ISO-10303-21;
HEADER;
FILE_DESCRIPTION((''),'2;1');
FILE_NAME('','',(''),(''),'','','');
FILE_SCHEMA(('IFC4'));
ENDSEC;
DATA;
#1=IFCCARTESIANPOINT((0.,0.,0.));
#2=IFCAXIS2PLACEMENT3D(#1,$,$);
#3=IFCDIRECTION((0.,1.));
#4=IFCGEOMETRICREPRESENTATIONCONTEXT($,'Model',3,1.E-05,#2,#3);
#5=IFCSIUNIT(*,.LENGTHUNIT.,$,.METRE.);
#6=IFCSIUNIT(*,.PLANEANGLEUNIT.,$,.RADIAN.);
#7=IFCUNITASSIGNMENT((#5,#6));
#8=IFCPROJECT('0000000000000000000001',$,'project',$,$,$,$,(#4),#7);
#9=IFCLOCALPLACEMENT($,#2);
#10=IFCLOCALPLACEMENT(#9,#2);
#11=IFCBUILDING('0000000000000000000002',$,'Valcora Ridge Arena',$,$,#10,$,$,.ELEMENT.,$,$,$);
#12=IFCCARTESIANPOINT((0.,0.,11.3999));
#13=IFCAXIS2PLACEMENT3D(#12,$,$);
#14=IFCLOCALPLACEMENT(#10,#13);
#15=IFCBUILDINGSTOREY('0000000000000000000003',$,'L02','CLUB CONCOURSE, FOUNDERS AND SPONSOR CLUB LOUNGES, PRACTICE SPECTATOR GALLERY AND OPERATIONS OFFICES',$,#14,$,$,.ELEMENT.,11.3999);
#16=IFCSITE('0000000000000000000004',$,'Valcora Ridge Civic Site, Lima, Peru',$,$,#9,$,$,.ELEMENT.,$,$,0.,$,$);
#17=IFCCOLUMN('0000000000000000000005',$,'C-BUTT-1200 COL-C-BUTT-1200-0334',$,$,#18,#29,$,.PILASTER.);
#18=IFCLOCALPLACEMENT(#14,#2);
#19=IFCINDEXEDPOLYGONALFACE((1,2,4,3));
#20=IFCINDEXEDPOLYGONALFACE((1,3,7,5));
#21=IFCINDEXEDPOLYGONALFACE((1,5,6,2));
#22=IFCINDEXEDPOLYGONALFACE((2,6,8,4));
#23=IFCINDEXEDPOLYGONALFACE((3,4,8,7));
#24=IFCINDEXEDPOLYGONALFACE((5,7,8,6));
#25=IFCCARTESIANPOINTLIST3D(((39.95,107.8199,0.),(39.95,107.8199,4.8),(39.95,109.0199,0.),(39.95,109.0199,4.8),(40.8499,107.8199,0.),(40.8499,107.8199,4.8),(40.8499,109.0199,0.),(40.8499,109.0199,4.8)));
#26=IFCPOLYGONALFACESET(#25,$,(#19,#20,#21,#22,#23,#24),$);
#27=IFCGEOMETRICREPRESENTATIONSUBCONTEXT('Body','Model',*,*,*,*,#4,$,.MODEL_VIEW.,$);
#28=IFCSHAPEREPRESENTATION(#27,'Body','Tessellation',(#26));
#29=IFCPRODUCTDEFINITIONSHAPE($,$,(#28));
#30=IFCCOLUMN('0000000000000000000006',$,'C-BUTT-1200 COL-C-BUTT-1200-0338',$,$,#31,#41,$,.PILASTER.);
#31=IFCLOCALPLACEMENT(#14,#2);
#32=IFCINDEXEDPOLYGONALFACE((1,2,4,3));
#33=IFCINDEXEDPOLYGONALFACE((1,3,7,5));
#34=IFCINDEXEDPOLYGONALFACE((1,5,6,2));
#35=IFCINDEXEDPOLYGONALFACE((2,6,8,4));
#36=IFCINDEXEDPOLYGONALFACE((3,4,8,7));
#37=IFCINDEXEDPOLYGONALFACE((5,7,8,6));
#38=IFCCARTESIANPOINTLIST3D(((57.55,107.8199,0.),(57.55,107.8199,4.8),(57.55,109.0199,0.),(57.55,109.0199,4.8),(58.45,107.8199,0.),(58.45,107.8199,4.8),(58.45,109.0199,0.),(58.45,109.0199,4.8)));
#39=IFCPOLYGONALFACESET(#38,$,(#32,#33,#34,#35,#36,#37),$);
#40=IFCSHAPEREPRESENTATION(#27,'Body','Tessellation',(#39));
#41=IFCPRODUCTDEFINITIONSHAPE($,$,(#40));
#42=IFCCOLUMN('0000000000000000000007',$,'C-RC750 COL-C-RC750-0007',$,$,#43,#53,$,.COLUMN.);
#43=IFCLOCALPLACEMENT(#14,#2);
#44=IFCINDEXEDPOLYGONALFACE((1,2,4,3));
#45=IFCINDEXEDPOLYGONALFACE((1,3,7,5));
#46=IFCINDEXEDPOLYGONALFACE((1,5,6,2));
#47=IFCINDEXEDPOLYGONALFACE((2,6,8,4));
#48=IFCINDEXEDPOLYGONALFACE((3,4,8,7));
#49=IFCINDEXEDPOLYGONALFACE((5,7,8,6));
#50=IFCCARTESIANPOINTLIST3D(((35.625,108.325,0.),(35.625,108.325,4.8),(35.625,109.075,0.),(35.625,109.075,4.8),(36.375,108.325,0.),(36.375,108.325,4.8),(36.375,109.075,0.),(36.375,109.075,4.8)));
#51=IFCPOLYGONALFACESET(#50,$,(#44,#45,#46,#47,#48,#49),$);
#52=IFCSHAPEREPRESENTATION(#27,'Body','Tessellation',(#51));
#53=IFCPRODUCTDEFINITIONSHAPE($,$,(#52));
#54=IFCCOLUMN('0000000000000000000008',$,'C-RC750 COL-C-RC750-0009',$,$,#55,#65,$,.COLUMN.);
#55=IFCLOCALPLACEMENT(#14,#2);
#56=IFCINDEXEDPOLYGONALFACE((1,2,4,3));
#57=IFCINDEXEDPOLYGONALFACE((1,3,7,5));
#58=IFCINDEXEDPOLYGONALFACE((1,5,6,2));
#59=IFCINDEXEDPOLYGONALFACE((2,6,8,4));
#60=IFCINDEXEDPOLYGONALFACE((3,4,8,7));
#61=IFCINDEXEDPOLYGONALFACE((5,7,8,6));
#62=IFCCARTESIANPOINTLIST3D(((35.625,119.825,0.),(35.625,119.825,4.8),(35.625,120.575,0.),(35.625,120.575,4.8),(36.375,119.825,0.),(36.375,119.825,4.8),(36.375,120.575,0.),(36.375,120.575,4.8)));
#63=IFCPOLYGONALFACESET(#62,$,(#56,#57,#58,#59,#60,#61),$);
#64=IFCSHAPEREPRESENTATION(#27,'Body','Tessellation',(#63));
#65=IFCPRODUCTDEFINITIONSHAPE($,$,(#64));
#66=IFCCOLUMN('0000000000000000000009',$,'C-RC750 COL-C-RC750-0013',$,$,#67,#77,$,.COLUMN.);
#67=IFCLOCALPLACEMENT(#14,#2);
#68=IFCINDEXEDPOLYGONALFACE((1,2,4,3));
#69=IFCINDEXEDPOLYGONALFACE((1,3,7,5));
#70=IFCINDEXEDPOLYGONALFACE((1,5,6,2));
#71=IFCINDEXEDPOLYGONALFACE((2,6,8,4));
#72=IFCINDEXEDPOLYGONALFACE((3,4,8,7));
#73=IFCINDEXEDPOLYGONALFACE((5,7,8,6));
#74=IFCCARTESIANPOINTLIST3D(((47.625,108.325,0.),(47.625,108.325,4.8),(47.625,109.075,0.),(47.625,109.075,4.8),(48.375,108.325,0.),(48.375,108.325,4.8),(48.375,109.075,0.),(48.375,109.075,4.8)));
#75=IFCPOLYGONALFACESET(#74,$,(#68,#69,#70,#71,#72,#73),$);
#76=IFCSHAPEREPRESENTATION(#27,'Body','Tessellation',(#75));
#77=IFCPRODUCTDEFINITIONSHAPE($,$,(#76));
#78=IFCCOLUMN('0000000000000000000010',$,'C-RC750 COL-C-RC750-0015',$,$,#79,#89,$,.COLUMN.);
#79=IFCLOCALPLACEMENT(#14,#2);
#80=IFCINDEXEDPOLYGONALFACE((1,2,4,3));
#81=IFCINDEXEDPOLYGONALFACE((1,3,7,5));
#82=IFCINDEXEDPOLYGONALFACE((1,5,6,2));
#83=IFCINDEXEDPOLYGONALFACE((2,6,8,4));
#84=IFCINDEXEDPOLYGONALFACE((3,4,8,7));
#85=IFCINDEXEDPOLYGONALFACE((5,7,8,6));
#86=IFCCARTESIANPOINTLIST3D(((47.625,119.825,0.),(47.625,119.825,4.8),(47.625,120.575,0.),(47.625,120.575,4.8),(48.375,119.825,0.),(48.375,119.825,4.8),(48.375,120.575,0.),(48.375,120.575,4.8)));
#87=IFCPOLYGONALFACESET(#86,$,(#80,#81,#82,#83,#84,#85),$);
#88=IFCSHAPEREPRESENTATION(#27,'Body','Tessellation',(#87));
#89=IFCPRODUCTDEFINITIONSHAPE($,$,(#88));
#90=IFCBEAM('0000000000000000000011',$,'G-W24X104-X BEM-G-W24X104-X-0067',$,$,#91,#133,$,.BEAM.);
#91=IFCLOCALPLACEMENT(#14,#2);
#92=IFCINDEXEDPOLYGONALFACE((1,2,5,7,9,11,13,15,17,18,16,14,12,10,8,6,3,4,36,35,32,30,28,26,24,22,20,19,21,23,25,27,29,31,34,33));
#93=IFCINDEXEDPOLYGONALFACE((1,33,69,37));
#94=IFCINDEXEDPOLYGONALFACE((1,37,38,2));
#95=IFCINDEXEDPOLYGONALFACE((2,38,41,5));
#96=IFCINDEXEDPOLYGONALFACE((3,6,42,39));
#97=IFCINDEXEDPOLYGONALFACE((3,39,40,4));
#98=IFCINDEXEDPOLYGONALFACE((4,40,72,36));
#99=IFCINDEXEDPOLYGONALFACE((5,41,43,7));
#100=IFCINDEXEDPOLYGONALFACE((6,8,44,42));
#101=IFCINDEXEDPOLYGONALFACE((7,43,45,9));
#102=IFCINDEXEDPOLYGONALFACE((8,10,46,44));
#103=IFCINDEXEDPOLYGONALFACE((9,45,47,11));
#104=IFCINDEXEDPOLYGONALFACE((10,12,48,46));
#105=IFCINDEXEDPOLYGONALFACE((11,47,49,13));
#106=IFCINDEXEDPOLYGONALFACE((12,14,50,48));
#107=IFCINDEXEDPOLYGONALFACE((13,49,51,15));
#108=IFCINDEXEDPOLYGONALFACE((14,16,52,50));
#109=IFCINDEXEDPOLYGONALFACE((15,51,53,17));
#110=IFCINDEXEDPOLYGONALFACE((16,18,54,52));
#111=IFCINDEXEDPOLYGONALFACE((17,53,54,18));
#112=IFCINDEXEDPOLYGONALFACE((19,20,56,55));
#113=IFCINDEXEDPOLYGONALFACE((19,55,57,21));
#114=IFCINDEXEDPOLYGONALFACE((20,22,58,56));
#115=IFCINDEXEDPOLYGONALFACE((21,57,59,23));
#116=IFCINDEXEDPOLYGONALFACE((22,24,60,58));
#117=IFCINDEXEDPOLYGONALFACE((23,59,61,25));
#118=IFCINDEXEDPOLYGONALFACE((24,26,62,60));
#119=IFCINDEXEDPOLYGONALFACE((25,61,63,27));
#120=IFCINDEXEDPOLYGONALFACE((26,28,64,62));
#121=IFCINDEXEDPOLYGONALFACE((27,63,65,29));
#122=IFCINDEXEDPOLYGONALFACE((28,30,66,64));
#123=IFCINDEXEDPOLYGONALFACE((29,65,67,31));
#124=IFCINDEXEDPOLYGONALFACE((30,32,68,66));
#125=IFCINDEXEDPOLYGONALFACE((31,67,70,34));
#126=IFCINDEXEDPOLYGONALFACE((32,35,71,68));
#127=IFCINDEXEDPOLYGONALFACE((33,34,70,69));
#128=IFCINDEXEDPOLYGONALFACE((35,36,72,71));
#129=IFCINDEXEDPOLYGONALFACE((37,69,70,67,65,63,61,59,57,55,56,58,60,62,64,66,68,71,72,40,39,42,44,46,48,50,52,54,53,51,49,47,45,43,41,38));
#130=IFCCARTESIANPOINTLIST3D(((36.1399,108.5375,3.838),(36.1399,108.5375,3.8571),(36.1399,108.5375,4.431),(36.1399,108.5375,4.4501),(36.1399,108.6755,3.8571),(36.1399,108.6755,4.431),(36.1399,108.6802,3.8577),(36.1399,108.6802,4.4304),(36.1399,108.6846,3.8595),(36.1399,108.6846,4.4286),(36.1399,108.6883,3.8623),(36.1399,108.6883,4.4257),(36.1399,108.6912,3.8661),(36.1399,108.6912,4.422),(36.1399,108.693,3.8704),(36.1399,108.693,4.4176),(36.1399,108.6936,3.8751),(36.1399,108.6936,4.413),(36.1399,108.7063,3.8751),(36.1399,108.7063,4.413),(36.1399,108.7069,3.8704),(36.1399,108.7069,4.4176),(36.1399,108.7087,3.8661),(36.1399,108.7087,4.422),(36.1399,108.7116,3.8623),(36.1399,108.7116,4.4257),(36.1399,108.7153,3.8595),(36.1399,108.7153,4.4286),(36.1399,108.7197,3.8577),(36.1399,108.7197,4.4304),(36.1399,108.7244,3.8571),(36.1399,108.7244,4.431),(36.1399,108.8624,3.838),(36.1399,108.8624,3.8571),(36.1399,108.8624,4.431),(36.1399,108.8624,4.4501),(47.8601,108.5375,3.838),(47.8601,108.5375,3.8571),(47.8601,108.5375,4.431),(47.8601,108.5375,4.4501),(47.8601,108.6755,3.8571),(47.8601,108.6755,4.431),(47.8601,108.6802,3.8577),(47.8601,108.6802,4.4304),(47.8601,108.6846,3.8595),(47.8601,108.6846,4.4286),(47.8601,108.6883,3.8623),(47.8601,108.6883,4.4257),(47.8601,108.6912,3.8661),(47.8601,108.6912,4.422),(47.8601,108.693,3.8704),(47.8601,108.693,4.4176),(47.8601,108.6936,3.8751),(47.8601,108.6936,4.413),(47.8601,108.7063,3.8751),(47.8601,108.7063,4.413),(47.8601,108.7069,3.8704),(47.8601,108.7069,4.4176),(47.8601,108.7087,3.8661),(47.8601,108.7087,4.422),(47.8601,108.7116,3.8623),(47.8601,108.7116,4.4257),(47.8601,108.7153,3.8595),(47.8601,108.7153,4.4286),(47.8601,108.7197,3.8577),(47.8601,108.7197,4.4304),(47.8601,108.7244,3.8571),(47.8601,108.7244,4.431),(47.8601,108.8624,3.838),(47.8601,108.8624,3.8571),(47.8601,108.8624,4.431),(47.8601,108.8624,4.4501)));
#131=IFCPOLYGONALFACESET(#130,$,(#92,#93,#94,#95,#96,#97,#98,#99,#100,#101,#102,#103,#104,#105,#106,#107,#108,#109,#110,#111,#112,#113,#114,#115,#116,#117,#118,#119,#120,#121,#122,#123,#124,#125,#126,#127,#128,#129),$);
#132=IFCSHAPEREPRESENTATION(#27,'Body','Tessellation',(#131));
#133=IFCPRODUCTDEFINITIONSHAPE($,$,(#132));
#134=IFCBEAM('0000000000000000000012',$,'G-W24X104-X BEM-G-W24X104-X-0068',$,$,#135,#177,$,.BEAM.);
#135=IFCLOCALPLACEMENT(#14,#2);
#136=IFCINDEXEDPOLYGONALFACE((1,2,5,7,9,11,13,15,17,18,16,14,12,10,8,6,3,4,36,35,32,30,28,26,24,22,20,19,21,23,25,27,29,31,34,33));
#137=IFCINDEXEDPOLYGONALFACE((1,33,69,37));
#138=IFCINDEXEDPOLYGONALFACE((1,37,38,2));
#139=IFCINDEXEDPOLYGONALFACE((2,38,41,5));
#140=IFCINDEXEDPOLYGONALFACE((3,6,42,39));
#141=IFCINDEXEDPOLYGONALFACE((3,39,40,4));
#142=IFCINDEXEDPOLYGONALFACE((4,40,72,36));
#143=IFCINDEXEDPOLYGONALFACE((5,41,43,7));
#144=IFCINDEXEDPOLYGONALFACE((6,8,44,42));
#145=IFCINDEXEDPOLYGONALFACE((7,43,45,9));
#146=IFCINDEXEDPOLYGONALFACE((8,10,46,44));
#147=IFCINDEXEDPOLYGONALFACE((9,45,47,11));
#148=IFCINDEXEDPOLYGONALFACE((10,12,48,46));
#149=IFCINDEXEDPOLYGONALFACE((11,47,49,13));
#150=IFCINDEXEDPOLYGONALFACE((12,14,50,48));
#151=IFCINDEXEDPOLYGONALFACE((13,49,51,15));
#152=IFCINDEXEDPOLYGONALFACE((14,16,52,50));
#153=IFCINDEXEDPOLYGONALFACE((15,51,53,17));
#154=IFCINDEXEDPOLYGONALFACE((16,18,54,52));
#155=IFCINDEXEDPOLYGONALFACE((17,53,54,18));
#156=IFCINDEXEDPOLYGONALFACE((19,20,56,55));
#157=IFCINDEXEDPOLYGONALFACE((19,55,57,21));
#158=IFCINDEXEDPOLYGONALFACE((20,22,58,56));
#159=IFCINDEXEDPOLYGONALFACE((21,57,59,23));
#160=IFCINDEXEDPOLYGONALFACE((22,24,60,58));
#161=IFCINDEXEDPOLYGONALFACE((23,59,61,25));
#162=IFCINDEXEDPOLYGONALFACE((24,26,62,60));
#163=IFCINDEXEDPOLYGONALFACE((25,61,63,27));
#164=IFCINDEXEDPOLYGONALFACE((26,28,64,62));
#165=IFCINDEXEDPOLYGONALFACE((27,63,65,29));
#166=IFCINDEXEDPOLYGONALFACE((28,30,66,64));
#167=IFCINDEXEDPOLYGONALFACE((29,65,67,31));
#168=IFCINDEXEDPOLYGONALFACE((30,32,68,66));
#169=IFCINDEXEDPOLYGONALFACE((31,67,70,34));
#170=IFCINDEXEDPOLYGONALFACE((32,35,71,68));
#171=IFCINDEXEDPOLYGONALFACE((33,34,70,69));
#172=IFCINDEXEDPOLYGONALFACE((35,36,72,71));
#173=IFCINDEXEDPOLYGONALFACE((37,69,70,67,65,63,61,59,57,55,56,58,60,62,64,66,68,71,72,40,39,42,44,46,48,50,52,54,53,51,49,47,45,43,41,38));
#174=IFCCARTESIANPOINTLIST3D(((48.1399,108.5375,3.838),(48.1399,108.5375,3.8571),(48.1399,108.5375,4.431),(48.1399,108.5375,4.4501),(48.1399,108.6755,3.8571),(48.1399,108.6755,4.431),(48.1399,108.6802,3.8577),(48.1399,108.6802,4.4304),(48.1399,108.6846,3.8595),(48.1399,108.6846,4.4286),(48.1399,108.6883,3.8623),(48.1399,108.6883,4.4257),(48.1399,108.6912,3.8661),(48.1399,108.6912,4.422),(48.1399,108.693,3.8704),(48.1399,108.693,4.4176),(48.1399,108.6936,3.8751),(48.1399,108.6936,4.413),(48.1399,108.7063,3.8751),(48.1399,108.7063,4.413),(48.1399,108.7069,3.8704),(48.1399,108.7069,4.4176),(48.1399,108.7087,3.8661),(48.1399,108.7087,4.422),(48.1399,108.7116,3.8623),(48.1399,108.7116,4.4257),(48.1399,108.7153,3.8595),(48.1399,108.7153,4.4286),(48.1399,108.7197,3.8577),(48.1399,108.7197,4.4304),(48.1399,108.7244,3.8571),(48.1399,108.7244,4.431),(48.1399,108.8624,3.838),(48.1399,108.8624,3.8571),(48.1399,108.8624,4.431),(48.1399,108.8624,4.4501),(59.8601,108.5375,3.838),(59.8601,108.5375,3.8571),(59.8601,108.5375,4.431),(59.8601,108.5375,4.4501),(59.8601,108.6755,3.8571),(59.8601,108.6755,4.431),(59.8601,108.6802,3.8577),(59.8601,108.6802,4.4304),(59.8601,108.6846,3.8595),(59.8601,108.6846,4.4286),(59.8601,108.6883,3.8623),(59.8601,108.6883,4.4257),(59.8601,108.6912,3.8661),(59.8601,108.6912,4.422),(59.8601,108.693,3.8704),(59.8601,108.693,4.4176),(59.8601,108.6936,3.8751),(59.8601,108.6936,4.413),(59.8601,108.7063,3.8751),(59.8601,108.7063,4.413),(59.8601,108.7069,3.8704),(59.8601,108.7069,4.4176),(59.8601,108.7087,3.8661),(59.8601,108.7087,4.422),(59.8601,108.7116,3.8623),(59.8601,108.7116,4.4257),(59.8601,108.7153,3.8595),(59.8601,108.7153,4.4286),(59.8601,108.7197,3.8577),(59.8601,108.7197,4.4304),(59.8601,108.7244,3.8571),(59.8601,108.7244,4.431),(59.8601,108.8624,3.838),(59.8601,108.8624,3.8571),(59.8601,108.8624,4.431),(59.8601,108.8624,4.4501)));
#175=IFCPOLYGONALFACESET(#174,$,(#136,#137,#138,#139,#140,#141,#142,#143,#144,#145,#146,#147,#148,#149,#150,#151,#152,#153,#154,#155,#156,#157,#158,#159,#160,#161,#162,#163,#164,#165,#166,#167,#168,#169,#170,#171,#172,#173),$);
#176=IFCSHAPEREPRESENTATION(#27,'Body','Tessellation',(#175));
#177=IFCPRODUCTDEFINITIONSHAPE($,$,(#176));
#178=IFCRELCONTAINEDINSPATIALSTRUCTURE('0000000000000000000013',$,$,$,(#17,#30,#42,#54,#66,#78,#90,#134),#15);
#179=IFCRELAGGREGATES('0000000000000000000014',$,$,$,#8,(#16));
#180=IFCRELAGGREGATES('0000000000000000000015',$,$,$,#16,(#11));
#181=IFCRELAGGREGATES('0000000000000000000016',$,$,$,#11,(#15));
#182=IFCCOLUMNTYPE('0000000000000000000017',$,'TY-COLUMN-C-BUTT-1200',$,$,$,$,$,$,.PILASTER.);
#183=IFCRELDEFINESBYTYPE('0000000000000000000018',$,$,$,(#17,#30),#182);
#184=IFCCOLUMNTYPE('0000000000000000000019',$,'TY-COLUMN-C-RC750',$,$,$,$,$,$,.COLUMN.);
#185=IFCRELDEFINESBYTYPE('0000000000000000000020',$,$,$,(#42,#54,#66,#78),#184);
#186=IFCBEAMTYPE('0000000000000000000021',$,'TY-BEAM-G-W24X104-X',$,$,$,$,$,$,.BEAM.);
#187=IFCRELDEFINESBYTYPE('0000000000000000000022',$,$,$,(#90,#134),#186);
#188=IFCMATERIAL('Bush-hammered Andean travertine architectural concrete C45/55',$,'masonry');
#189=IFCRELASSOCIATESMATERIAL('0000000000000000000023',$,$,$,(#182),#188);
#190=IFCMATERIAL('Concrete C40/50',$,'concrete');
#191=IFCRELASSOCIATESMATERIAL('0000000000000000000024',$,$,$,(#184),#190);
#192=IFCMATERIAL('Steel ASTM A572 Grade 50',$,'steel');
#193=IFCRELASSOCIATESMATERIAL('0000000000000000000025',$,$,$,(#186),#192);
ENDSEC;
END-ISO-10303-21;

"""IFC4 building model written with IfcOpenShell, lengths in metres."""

from ifc_helpers import new_model, si_unit, direction, frame, origin, origin_2d, place, context, subcontext, project, spatial, rectangle, i_section, extrude, material, material_profile, profile_set, type_object, element, save


model = new_model("IFC4")

# Units and contexts
model_context = context("Model", 3, precision=1e-05, world=origin(), true_north=direction((0.0, 1.0)))
body_context = subcontext(model_context, "Body", "Model", "MODEL_VIEW")
ifc_project = project(units=[si_unit("LENGTHUNIT", "METRE"), si_unit("PLANEANGLEUNIT", "RADIAN")], contexts=[model_context])

# Site, building, storey
site_placement = place(None, origin())
site = spatial("IfcSite", under=ifc_project, at=site_placement, Name="Valcora Ridge Civic Site, Lima, Peru", CompositionType="ELEMENT", RefElevation=0.0)
building_placement = place(site_placement, origin())
building = spatial("IfcBuilding", under=site, at=building_placement, Name="Valcora Ridge Arena", CompositionType="ELEMENT")
storey_placement = place(building_placement, frame((0.0, 0.0, 11.3999)))
storey = spatial("IfcBuildingStorey", under=building, at=storey_placement, Name="L02", Description="CLUB CONCOURSE, FOUNDERS AND SPONSOR CLUB LOUNGES, PRACTICE SPECTATOR GALLERY AND OPERATIONS OFFICES", CompositionType="ELEMENT", Elevation=11.3999)

# Columns
ifc_material_1 = material(Name="Bush-hammered Andean travertine architectural concrete C45/55", Category="masonry")
ifc_material_profile_1 = material_profile(ifc_material_1, rectangle(XDim=0.8999, YDim=1.2, at=origin_2d()), Name="RC 900x1200")
ifc_profile_set_1 = profile_set([ifc_material_profile_1], Name="Bush-hammered Andean travertine architectural concrete C45/55")
column_type_1 = type_object("IfcColumnType", Name="TY-COLUMN-C-BUTT-1200", PredefinedType="PILASTER", material=ifc_profile_set_1)
for number, where, z_axis, x_axis, name in (
    (1, (40.3999, 108.4199, 0.0), (0.0, 0.0, 1.0), (1.0, 0.0, 0.0), "C-BUTT-1200 COL-C-BUTT-1200-0334"),
    (2, (58.0, 108.4199, 0.0), (0.0, 0.0, 1.0), (1.0, 0.0, 0.0), "C-BUTT-1200 COL-C-BUTT-1200-0338"),
):
    element("IfcColumn", number, at=place(storey_placement, frame(where, z_axis=z_axis, x_axis=x_axis)), inside=storey, type_object=column_type_1, Name=name, PredefinedType="PILASTER", context=body_context, shape_type="SweptSolid", body=[
        extrude(rectangle(XDim=0.8999, YDim=1.2, at=origin_2d()), origin(), (0.0, 0.0, 1.0), 4.8),
    ])
ifc_material_2 = material(Name="Concrete C40/50", Category="concrete")
ifc_material_profile_2 = material_profile(ifc_material_2, rectangle(XDim=0.75, YDim=0.75, at=origin_2d()), Name="RC 750x750")
ifc_profile_set_2 = profile_set([ifc_material_profile_2], Name="Concrete C40/50")
column_type_2 = type_object("IfcColumnType", Name="TY-COLUMN-C-RC750", PredefinedType="COLUMN", material=ifc_profile_set_2)
for number, where, z_axis, x_axis, name in (
    (3, (36.0, 108.7, 0.0), (0.0, 0.0, 1.0), (1.0, 0.0, 0.0), "C-RC750 COL-C-RC750-0007"),
    (4, (36.0, 120.2, 0.0), (0.0, 0.0, 1.0), (1.0, 0.0, 0.0), "C-RC750 COL-C-RC750-0009"),
    (5, (48.0, 108.7, 0.0), (0.0, 0.0, 1.0), (1.0, 0.0, 0.0), "C-RC750 COL-C-RC750-0013"),
    (6, (48.0, 120.2, 0.0), (0.0, 0.0, 1.0), (1.0, 0.0, 0.0), "C-RC750 COL-C-RC750-0015"),
):
    element("IfcColumn", number, at=place(storey_placement, frame(where, z_axis=z_axis, x_axis=x_axis)), inside=storey, type_object=column_type_2, Name=name, PredefinedType="COLUMN", context=body_context, shape_type="SweptSolid", body=[
        extrude(rectangle(XDim=0.75, YDim=0.75, at=origin_2d()), origin(), (0.0, 0.0, 1.0), 4.8),
    ])

# Beams
ifc_material_3 = material(Name="Steel ASTM A572 Grade 50", Category="steel")
ifc_material_profile_3 = material_profile(ifc_material_3, i_section(OverallWidth=0.325, OverallDepth=0.6121, WebThickness=0.0127, FlangeThickness=0.019, FilletRadius=0.0181, at=origin_2d()), Name="W24X104")
ifc_profile_set_3 = profile_set([ifc_material_profile_3], Name="Steel ASTM A572 Grade 50")
beam_type_1 = type_object("IfcBeamType", Name="TY-BEAM-G-W24X104-X", PredefinedType="BEAM", material=ifc_profile_set_3)
for number, where, z_axis, x_axis, name in (
    (7, (36.1399, 108.7, 4.144), (1.0, 0.0, 0.0), (0.0, 1.0, 0.0), "G-W24X104-X BEM-G-W24X104-X-0067"),
    (8, (48.1399, 108.7, 4.144), (1.0, 0.0, 0.0), (0.0, 1.0, 0.0), "G-W24X104-X BEM-G-W24X104-X-0068"),
):
    element("IfcBeam", number, at=place(storey_placement, frame(where, z_axis=z_axis, x_axis=x_axis)), inside=storey, type_object=beam_type_1, Name=name, PredefinedType="BEAM", context=body_context, shape_type="SweptSolid", body=[
        extrude(i_section(OverallWidth=0.325, OverallDepth=0.6121, WebThickness=0.0127, FlangeThickness=0.019, FilletRadius=0.0181, at=origin_2d()), origin(), (0.0, 0.0, 1.0), 11.7202),
    ])

save(model, "model.ifc")
